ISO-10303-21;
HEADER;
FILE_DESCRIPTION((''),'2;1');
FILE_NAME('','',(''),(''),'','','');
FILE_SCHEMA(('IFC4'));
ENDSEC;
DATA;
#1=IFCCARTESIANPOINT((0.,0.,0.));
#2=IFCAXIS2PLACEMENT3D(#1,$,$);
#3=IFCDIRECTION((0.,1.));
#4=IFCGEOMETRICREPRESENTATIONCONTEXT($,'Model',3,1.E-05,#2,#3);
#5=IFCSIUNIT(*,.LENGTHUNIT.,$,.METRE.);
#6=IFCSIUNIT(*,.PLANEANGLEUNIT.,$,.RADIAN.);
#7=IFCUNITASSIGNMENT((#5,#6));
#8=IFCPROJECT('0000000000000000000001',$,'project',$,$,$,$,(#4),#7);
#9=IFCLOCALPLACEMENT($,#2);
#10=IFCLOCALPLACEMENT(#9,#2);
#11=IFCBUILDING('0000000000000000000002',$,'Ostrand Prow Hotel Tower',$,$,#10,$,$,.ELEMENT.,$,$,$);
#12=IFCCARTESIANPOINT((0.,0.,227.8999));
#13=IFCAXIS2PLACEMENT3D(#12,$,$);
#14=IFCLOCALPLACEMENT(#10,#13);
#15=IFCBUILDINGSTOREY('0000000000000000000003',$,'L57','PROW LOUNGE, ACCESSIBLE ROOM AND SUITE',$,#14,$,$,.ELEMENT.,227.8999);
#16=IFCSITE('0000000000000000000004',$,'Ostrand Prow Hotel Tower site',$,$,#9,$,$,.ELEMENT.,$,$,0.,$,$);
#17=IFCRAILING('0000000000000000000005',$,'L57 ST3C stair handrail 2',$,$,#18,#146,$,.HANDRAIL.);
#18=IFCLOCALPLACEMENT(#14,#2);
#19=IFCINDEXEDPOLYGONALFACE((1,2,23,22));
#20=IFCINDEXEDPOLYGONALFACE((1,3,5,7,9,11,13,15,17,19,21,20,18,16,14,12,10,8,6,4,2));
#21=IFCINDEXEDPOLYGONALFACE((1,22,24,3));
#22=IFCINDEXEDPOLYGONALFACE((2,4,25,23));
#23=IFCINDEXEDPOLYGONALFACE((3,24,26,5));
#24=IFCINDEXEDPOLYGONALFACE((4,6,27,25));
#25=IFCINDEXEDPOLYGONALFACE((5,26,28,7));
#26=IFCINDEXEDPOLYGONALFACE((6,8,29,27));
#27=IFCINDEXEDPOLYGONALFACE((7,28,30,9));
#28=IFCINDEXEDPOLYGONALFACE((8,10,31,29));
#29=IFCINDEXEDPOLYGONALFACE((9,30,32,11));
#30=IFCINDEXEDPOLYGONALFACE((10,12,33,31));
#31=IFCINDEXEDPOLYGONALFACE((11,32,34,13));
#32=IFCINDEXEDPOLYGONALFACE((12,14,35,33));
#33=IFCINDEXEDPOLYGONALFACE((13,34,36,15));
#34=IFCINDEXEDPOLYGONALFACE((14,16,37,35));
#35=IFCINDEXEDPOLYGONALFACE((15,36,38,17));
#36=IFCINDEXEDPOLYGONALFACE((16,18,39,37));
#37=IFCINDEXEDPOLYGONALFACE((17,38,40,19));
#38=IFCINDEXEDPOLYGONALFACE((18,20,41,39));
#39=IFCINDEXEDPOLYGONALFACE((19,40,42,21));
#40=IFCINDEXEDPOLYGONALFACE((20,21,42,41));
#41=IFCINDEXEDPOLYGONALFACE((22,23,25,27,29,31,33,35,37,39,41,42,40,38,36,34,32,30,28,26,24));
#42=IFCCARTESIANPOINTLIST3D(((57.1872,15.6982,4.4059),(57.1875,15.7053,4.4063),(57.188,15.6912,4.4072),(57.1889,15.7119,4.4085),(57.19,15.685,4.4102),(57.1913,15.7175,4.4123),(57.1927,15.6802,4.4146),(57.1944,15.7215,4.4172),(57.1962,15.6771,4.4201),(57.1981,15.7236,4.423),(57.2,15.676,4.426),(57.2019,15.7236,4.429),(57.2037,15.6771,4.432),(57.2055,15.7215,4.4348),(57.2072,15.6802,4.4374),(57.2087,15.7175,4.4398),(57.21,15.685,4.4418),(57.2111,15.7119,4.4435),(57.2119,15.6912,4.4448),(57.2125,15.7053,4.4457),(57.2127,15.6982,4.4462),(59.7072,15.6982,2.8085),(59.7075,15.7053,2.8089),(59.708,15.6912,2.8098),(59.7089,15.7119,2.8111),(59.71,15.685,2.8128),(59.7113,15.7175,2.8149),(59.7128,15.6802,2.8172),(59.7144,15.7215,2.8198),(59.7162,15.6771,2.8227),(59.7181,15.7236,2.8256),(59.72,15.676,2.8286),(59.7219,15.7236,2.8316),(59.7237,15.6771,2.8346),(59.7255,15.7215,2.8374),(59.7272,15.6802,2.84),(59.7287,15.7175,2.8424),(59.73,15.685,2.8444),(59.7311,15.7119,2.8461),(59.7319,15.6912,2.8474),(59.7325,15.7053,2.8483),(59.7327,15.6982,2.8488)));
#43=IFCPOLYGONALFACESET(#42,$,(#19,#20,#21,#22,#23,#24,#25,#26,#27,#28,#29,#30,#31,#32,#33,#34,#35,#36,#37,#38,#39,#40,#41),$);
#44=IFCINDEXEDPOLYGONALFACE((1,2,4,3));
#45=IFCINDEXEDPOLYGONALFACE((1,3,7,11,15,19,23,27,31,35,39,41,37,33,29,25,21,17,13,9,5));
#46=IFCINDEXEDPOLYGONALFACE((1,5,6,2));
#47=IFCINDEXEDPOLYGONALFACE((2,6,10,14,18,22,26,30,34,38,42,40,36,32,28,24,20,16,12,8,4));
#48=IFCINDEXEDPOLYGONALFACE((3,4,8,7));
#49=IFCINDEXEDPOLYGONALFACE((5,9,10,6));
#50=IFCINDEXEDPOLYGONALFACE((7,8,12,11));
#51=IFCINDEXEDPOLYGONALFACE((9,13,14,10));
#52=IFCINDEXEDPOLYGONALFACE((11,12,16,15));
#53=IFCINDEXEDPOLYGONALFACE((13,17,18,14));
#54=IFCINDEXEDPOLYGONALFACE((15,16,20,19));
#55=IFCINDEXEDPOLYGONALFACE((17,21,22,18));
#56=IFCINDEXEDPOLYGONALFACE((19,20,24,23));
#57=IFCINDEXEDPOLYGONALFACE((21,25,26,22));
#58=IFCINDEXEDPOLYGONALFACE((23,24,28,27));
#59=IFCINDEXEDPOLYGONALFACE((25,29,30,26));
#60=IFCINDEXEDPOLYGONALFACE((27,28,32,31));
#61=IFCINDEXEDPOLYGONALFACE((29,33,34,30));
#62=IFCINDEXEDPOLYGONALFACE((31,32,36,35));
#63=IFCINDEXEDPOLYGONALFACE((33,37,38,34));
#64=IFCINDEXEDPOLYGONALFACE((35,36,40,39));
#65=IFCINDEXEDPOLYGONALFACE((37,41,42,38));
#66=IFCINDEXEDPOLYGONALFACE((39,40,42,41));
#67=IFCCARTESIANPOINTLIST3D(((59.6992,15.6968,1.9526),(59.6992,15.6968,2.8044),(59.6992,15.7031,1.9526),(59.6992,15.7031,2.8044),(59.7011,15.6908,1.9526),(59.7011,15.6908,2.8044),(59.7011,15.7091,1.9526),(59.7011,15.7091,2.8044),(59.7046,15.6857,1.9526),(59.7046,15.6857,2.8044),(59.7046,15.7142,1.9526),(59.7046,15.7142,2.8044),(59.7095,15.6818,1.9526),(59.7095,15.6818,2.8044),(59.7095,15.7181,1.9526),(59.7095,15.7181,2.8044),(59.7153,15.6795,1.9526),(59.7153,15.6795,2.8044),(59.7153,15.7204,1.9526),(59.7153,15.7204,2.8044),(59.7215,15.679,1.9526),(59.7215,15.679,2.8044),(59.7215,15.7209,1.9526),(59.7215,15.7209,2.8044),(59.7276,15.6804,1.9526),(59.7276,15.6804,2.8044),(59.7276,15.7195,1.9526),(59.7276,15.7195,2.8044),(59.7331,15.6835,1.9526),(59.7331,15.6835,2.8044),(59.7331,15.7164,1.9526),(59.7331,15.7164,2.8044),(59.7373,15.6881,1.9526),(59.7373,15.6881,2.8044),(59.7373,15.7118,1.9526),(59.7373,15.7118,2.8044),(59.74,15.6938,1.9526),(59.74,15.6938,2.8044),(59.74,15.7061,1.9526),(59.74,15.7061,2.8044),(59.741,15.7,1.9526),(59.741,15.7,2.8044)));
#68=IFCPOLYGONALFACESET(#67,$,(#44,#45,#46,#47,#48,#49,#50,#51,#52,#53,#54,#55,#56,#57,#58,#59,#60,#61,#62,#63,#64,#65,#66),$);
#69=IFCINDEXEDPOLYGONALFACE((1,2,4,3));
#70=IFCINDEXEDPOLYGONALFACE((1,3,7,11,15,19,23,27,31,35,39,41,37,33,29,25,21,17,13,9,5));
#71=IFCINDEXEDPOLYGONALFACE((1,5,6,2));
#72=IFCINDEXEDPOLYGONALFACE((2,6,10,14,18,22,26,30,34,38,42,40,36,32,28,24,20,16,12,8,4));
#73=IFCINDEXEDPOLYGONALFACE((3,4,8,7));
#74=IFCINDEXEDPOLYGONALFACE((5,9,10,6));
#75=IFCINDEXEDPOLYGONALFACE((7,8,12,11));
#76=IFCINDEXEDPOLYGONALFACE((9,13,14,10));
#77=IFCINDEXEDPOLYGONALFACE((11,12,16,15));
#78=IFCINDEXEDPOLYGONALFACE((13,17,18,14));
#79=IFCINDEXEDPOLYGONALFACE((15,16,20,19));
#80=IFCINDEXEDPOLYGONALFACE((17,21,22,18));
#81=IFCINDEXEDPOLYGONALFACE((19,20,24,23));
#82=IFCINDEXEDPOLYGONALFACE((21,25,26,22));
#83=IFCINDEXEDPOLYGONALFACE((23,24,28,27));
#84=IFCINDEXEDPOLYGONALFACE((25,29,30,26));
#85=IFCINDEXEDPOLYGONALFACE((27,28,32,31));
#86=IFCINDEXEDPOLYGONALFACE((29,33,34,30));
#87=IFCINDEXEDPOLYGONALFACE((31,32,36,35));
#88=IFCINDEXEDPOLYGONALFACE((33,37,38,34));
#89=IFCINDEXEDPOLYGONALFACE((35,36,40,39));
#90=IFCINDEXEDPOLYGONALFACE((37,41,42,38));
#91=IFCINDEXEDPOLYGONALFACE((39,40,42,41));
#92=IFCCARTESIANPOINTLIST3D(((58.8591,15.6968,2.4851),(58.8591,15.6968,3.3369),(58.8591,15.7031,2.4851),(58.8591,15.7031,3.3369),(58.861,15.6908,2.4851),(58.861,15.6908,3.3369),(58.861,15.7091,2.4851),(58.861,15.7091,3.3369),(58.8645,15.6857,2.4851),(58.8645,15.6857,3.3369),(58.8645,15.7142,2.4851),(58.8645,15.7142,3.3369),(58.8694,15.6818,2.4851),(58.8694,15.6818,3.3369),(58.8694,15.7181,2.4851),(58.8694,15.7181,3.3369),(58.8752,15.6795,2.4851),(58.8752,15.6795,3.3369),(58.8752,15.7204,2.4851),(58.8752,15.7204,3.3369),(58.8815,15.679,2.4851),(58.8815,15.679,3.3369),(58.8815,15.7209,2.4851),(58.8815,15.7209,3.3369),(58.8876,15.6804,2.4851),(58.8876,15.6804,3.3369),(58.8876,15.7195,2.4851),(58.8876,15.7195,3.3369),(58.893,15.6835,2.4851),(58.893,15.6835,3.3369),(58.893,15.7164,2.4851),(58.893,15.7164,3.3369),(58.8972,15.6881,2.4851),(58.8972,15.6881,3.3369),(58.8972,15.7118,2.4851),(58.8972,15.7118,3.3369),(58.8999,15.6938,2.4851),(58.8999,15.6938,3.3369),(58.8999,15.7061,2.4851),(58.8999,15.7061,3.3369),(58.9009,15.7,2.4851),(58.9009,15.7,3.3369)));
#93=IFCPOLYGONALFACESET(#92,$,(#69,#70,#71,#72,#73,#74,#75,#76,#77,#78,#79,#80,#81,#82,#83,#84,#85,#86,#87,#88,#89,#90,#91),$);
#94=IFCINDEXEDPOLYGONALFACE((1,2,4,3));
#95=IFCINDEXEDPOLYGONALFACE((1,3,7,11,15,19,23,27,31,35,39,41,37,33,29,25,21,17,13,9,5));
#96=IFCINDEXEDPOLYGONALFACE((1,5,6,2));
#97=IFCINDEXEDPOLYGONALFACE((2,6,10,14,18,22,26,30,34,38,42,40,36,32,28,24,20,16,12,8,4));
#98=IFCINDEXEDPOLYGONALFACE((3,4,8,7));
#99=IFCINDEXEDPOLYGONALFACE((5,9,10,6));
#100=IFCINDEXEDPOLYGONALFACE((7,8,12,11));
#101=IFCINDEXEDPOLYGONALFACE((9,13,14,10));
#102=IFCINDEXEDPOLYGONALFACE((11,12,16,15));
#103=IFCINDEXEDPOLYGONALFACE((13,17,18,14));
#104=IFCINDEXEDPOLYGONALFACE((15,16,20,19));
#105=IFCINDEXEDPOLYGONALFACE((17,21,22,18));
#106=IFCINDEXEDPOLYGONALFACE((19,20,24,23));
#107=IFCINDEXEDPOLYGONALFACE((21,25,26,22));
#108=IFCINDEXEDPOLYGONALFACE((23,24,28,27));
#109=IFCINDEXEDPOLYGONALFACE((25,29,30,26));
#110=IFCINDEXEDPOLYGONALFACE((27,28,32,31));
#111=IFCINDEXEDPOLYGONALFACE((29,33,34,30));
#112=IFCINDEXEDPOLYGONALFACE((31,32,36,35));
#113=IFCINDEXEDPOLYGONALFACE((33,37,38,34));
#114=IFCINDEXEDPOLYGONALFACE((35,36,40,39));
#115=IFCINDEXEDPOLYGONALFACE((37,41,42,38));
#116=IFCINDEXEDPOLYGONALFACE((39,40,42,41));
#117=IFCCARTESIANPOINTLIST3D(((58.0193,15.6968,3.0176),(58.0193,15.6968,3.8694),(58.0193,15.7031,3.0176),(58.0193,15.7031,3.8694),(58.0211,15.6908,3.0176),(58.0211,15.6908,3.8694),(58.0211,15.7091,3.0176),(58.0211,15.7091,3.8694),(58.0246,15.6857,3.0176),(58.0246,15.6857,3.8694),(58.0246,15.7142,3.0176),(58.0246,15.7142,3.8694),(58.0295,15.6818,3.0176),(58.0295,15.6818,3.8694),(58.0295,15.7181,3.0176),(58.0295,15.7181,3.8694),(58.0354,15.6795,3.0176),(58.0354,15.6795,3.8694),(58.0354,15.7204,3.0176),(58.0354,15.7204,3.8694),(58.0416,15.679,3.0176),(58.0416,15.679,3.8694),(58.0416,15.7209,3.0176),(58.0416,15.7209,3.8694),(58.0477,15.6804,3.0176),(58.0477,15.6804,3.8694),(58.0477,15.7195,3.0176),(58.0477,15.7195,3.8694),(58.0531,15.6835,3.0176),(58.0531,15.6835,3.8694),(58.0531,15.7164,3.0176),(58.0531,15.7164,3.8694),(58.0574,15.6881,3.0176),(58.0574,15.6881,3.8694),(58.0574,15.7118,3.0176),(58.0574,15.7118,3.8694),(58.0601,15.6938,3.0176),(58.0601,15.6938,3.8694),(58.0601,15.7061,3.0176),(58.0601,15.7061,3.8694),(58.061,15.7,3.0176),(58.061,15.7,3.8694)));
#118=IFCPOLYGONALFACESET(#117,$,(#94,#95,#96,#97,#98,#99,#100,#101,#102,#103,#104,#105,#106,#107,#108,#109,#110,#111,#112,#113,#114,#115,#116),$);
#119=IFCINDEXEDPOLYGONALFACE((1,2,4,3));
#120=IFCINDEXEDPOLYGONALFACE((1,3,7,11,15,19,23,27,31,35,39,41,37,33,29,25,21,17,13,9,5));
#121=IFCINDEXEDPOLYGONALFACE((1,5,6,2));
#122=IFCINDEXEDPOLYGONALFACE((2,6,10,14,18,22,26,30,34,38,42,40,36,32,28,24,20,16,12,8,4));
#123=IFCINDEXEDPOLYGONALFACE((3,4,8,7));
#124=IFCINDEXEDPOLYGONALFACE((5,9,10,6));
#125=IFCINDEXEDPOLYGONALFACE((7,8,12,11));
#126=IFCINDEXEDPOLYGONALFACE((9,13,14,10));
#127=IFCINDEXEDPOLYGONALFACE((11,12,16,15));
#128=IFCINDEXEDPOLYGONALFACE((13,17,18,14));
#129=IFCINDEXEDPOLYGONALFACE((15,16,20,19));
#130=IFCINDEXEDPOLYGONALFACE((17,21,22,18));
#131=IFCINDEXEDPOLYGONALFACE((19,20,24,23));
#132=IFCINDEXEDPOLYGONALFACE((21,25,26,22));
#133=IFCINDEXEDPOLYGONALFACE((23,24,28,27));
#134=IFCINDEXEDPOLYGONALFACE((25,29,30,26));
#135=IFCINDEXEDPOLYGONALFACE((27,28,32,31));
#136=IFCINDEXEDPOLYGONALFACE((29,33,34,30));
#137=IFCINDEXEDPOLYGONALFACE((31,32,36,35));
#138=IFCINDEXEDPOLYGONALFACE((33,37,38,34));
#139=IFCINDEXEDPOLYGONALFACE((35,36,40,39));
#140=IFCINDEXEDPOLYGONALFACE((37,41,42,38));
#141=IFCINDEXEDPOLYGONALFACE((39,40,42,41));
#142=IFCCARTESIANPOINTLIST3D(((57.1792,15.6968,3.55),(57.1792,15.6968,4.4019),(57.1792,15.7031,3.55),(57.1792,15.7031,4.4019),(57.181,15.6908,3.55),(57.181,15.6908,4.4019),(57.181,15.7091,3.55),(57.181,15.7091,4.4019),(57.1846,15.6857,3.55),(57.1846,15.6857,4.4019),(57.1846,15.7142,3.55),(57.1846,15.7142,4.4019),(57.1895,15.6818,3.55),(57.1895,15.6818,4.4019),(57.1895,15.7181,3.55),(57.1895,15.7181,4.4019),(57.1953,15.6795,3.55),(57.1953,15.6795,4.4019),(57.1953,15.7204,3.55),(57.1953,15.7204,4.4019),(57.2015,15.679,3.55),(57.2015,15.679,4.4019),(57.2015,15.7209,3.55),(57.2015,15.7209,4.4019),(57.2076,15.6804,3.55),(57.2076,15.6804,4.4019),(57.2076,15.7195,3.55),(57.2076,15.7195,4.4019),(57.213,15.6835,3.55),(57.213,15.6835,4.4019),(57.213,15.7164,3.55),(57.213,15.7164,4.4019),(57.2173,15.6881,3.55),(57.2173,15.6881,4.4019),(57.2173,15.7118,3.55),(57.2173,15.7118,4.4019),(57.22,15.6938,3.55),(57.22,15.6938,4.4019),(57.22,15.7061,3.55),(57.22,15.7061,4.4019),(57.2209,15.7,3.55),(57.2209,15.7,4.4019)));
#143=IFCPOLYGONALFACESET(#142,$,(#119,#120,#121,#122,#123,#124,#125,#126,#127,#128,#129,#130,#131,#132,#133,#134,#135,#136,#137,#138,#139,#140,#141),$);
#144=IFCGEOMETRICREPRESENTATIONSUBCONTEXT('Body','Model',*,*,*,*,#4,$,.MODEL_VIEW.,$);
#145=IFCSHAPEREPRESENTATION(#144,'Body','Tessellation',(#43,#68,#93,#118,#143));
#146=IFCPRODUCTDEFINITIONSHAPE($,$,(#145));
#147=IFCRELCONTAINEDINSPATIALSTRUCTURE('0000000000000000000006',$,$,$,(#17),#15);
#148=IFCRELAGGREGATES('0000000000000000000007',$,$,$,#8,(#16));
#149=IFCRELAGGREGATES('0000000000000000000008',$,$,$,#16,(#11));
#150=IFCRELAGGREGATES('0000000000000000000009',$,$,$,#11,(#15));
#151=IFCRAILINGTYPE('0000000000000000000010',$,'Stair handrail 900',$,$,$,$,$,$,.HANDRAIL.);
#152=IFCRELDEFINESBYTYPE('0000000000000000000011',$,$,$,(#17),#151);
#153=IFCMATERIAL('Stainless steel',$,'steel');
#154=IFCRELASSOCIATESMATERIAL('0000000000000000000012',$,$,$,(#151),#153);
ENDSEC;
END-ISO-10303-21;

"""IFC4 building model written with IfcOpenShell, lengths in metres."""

from ifc_helpers import new_model, si_unit, direction, frame, origin, origin_2d, place, context, subcontext, project, spatial, circle, extrude, material, type_object, element, save


model = new_model("IFC4")

# Units and contexts
model_context = context("Model", 3, precision=1e-05, world=origin(), true_north=direction((0.0, 1.0)))
body_context = subcontext(model_context, "Body", "Model", "MODEL_VIEW")
ifc_project = project(units=[si_unit("LENGTHUNIT", "METRE"), si_unit("PLANEANGLEUNIT", "RADIAN")], contexts=[model_context])

# Site, building, storey
site_placement = place(None, origin())
site = spatial("IfcSite", under=ifc_project, at=site_placement, Name="Ostrand Prow Hotel Tower site", CompositionType="ELEMENT", RefElevation=0.0)
building_placement = place(site_placement, origin())
building = spatial("IfcBuilding", under=site, at=building_placement, Name="Ostrand Prow Hotel Tower", CompositionType="ELEMENT")
storey_placement = place(building_placement, frame((0.0, 0.0, 227.8999)))
storey = spatial("IfcBuildingStorey", under=building, at=storey_placement, Name="L57", Description="PROW LOUNGE, ACCESSIBLE ROOM AND SUITE", CompositionType="ELEMENT", Elevation=227.8999)

# Railing
ifc_material_1 = material(Name="Stainless steel", Category="steel")
railing_type_1 = type_object("IfcRailingType", Name="Stair handrail 900", PredefinedType="HANDRAIL", material=ifc_material_1)
railing_1_placement = place(storey_placement, frame((59.72, 15.7, 1.9526)))
element("IfcRailing", 1, at=railing_1_placement, inside=storey, type_object=railing_type_1, Name="L57 ST3C stair handrail 2", PredefinedType="HANDRAIL", context=body_context, shape_type="SweptSolid", body=[
    extrude(circle(Radius=0.0239, at=origin_2d()), frame((0.0, 0.0, 0.876), z_axis=(-0.844607, 0.0, 0.535387), x_axis=(0.0, -1.0, 0.0)), (0.0, 0.0, 1.0), 2.9836),
    extrude(circle(Radius=0.021, at=origin_2d()), origin(), (0.0, 0.0, 1.0), 0.8518),
    extrude(circle(Radius=0.021, at=origin_2d()), frame((-0.8401, 0.0, 0.5325)), (0.0, 0.0, 1.0), 0.8518),
    extrude(circle(Radius=0.021, at=origin_2d()), frame((-1.6799, 0.0, 1.0649)), (0.0, 0.0, 1.0), 0.8518),
    extrude(circle(Radius=0.021, at=origin_2d()), frame((-2.52, 0.0, 1.5974)), (0.0, 0.0, 1.0), 0.8518),
])

save(model, "model.ifc")
